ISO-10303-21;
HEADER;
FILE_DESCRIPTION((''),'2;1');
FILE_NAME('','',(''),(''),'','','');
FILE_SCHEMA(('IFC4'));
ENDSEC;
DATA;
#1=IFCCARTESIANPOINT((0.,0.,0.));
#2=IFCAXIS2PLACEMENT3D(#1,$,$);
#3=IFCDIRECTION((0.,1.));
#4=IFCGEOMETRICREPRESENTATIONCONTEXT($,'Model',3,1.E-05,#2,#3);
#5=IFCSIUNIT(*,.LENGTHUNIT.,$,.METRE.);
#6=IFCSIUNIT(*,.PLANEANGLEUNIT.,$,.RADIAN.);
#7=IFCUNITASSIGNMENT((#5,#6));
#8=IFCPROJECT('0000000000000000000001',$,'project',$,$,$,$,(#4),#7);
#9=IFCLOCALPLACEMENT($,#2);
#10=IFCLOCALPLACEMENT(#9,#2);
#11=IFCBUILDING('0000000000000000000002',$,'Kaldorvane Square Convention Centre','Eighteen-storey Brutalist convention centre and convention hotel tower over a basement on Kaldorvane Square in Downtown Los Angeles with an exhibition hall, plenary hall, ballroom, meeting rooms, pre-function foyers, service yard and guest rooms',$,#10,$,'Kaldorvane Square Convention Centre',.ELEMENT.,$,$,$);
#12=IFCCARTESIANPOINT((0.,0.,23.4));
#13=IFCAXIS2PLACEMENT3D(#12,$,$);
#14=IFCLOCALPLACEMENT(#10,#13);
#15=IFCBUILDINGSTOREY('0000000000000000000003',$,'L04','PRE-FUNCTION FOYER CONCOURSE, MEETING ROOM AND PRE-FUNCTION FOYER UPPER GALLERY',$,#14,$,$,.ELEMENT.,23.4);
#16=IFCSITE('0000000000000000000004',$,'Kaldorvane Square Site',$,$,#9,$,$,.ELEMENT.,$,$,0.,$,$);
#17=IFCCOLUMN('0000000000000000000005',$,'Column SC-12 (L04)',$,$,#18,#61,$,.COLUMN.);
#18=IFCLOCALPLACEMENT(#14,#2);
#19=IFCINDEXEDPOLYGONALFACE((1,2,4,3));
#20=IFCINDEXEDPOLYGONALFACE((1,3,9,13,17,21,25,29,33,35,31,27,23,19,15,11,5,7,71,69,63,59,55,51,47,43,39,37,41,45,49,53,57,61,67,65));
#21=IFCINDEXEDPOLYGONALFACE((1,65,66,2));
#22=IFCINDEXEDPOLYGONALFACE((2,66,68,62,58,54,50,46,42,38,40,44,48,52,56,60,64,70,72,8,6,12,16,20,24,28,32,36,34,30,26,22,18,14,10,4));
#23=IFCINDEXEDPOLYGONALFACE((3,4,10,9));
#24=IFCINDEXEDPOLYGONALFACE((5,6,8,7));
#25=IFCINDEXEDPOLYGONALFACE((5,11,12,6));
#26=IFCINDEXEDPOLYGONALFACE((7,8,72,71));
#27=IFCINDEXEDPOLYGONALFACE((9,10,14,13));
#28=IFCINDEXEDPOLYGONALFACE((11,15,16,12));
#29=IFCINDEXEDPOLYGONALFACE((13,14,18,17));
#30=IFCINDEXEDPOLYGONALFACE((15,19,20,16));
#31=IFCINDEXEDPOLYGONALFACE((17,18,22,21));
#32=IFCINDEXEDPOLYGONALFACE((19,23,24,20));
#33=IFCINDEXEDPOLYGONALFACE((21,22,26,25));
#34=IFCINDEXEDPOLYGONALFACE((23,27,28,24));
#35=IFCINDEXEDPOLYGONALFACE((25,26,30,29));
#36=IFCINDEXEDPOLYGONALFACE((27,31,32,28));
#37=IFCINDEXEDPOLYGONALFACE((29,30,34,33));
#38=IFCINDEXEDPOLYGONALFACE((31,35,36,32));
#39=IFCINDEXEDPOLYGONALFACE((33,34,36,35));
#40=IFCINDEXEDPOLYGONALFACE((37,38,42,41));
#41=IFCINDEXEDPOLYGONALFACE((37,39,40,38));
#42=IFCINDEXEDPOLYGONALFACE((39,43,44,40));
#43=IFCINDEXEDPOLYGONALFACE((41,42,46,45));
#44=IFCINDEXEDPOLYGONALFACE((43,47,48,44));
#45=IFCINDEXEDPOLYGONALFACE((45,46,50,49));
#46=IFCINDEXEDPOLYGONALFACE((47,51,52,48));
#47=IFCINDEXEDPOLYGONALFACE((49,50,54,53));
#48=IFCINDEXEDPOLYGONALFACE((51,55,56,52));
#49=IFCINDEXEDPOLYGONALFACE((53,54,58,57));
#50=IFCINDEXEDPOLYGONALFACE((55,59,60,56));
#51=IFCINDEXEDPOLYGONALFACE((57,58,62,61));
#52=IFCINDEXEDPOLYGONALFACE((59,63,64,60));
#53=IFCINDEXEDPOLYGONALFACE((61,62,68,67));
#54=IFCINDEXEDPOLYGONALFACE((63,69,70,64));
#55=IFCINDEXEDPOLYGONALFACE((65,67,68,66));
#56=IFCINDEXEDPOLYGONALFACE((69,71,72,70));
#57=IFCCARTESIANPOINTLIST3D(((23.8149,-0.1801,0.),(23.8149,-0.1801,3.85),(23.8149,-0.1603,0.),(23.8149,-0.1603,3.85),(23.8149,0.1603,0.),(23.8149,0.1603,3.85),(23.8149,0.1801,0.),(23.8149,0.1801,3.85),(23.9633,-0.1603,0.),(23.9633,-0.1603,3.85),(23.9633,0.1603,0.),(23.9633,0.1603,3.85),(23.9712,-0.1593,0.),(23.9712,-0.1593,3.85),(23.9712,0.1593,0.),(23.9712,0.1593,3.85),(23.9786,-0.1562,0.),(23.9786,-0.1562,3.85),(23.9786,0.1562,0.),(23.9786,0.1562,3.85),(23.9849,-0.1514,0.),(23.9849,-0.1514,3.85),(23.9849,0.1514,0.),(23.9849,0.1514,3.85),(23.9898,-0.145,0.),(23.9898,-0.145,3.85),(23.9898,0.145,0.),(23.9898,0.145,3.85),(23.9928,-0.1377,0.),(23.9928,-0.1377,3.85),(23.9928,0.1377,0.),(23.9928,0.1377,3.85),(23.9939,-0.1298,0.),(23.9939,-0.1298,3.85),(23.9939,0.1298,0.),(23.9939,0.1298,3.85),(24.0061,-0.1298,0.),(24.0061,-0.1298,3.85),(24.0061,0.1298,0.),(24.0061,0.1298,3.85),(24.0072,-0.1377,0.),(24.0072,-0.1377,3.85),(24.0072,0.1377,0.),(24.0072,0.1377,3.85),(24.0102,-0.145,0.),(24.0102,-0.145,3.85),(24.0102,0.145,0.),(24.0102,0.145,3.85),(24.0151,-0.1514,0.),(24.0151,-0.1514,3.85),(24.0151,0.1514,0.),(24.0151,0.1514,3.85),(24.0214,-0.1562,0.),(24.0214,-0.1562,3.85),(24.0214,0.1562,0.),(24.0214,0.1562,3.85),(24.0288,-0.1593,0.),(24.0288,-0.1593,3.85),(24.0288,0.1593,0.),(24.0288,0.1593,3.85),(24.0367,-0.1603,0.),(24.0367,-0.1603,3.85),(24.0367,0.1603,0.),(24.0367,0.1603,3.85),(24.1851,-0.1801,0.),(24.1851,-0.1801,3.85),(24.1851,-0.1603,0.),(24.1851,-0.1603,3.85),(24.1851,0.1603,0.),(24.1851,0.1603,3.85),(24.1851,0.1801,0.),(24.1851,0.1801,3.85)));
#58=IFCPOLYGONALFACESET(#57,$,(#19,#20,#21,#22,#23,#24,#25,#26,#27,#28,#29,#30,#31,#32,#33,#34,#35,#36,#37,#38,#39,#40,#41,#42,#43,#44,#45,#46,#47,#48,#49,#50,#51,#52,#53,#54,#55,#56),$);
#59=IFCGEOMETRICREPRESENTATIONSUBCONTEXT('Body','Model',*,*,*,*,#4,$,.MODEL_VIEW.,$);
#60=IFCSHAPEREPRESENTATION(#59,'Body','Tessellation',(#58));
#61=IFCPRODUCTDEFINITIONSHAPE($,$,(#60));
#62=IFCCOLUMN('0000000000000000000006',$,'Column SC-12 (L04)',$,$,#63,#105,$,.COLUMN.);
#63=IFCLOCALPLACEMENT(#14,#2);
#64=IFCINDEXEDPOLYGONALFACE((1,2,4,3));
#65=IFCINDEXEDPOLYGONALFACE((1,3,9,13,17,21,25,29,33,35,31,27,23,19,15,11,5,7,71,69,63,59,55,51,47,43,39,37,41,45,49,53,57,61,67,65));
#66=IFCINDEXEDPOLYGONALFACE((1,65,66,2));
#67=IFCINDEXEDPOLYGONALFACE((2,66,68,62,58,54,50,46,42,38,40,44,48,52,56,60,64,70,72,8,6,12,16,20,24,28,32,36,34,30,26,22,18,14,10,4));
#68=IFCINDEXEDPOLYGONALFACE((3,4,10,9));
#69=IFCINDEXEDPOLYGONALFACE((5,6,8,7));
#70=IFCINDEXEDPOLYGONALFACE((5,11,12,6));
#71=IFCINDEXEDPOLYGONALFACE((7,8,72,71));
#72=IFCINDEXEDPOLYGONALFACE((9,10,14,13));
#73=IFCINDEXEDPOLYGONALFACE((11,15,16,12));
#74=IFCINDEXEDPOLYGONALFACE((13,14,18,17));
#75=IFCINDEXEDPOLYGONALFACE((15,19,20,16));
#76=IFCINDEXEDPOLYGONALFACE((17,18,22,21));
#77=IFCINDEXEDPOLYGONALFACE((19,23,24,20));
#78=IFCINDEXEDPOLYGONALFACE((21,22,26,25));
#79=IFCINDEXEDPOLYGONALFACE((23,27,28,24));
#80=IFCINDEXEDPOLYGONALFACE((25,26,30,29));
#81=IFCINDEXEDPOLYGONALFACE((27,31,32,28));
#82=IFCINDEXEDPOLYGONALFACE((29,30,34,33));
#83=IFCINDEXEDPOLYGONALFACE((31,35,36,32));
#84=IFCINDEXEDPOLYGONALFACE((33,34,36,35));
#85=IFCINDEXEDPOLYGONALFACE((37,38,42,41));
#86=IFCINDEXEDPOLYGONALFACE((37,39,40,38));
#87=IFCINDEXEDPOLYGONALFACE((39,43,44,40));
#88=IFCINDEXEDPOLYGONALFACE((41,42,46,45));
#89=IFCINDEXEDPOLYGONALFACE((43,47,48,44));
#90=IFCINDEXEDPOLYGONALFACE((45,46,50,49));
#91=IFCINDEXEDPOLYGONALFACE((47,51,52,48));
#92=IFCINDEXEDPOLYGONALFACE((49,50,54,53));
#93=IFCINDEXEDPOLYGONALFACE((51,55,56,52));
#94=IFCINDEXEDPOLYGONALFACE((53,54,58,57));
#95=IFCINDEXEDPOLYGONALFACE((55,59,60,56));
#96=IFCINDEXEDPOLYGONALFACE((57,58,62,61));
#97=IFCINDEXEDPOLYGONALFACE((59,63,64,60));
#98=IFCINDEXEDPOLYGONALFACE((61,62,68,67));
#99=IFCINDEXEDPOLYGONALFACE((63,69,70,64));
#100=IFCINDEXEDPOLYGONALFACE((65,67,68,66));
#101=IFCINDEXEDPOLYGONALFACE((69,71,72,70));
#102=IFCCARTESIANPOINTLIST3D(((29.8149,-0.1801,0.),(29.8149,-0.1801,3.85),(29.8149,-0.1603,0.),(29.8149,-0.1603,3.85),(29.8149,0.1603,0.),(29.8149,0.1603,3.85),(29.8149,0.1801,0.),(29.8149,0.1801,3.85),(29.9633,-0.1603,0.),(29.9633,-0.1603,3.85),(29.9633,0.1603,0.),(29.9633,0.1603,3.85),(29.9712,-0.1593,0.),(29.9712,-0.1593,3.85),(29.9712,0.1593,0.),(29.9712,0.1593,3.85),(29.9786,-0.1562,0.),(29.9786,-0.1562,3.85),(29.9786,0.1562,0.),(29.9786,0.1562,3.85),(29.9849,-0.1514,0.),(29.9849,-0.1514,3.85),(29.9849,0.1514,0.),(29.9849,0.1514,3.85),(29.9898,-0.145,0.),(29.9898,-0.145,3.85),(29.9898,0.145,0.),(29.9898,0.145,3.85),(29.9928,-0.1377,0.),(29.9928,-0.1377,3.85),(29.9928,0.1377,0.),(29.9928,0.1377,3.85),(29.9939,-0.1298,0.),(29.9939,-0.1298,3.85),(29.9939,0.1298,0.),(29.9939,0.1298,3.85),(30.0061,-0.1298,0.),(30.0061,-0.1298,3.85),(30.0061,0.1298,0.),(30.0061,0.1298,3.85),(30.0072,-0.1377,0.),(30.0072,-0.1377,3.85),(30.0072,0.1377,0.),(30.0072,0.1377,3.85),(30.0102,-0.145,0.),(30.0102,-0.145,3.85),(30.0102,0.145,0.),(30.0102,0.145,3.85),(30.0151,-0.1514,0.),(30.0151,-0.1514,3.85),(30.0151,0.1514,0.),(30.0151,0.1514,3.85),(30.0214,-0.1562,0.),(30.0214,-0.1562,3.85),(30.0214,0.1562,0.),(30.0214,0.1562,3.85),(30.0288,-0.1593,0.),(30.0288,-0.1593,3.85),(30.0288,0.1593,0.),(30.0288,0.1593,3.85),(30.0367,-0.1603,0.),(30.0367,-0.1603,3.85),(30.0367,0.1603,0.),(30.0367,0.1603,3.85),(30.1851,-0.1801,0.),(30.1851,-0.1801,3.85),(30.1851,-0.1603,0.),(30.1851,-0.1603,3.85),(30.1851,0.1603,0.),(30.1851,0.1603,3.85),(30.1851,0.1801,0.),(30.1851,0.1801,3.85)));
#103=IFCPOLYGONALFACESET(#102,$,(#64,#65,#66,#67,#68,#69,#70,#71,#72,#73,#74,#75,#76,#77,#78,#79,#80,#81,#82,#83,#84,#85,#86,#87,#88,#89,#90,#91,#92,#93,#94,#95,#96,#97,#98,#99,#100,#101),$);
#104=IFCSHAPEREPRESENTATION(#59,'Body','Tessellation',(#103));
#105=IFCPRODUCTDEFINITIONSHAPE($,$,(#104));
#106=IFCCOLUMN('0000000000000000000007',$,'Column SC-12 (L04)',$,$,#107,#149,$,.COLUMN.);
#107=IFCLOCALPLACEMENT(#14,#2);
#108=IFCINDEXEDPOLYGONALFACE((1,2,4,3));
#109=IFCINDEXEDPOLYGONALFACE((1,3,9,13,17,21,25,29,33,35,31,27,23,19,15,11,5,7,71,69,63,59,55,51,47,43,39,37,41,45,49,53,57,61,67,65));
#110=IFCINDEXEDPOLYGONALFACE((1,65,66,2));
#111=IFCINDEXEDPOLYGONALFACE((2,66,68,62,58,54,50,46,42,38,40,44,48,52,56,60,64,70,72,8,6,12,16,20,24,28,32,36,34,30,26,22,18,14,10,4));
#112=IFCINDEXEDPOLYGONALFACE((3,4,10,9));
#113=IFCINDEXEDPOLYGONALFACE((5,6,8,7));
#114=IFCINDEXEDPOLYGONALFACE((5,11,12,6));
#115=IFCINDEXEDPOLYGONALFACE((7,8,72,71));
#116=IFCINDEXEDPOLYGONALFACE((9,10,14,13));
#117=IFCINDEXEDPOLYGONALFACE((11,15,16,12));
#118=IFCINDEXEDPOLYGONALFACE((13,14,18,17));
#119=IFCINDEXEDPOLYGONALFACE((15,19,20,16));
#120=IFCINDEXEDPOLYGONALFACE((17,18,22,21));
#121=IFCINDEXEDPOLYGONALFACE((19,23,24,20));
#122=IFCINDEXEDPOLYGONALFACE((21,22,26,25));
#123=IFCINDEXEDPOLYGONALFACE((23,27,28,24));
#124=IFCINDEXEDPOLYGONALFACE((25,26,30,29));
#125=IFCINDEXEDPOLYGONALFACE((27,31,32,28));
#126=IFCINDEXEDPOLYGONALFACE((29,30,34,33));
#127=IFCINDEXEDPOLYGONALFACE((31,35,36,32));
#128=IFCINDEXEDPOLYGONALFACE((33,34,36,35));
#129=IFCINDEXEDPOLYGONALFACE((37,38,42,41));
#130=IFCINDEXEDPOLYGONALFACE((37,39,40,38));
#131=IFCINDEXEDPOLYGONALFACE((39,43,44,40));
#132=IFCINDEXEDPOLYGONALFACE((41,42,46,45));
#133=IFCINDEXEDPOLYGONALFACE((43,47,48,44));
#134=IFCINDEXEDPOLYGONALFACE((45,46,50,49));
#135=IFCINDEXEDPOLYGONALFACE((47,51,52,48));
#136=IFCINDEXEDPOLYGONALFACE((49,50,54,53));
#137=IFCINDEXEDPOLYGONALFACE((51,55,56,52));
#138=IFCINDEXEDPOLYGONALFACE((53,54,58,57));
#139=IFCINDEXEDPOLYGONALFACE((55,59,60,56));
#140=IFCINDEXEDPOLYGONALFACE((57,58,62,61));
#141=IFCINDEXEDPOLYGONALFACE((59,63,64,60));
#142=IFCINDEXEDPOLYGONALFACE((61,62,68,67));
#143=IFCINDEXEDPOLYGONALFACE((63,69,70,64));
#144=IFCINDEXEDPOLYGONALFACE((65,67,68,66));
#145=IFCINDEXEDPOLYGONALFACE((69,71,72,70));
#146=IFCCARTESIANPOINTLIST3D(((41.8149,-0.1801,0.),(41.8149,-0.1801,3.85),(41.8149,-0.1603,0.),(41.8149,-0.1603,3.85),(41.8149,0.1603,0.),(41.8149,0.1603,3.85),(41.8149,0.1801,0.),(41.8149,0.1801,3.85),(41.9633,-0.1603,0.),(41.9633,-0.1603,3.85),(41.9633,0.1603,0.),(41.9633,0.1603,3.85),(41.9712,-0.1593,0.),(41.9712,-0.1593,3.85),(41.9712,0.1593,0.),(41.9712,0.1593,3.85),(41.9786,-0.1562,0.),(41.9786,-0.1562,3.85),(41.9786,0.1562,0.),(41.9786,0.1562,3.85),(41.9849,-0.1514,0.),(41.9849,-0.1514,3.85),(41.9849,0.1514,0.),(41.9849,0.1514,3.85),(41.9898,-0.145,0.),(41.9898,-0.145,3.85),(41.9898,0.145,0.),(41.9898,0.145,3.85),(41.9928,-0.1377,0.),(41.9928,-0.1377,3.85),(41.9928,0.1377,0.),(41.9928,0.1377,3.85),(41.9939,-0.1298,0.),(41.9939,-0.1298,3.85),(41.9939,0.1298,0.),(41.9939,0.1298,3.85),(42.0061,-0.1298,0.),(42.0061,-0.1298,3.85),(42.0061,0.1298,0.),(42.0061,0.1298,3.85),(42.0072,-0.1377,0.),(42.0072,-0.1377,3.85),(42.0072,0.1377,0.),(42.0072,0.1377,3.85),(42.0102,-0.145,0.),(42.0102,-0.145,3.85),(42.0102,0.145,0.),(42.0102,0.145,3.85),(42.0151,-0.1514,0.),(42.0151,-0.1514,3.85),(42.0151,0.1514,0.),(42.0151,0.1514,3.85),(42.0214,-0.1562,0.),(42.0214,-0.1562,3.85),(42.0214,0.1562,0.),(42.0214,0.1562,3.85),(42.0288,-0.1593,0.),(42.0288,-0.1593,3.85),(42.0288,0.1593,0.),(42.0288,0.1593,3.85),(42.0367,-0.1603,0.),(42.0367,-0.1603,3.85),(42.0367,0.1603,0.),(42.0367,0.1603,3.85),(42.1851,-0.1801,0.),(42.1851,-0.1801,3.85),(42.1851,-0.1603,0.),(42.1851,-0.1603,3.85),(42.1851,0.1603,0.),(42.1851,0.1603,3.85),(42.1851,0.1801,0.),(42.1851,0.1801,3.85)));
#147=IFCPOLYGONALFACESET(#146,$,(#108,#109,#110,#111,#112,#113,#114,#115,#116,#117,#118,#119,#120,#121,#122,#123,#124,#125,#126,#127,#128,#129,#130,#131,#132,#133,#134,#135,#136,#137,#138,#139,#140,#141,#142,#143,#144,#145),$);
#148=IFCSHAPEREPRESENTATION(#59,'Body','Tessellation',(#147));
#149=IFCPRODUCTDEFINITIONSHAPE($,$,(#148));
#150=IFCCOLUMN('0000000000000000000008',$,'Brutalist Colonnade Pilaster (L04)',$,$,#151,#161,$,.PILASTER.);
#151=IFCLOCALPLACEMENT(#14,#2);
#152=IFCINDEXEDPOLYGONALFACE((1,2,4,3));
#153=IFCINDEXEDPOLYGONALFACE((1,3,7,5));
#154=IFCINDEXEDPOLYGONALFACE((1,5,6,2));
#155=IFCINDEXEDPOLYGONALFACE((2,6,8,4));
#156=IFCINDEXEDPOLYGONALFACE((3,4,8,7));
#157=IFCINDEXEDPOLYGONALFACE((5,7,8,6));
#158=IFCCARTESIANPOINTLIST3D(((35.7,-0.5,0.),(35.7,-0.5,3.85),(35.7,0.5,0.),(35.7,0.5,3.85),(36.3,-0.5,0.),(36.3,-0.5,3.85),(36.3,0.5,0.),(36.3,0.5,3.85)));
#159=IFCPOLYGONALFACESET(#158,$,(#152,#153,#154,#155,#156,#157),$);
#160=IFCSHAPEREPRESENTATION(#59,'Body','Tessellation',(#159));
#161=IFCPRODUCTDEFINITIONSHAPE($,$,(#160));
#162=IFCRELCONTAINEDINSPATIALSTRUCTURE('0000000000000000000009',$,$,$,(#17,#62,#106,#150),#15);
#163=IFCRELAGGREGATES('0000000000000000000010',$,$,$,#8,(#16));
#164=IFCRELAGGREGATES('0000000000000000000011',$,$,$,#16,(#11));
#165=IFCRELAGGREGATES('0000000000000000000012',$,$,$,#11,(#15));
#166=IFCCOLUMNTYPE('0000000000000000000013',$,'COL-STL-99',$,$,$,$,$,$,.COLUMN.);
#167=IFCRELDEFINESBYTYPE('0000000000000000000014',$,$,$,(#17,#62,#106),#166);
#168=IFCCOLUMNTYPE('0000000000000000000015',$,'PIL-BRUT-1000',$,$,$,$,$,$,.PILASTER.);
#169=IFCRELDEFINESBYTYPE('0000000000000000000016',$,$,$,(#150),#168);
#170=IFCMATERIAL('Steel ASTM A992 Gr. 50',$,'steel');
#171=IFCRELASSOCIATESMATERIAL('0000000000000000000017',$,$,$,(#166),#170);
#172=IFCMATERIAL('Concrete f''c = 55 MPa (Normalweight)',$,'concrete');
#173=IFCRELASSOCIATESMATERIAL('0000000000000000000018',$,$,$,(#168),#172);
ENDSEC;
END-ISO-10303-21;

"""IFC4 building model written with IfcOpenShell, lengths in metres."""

from ifc_helpers import new_model, si_unit, direction, frame, origin, origin_2d, place, context, subcontext, project, spatial, rectangle, i_section, extrude, material, material_profile, profile_set, type_object, element, save


model = new_model("IFC4")

# Units and contexts
model_context = context("Model", 3, precision=1e-05, world=origin(), true_north=direction((0.0, 1.0)))
body_context = subcontext(model_context, "Body", "Model", "MODEL_VIEW")
ifc_project = project(units=[si_unit("LENGTHUNIT", "METRE"), si_unit("PLANEANGLEUNIT", "RADIAN")], contexts=[model_context])

# Site, building, storey
site_placement = place(None, origin())
site = spatial("IfcSite", under=ifc_project, at=site_placement, Name="Kaldorvane Square Site", CompositionType="ELEMENT", RefElevation=0.0)
building_placement = place(site_placement, origin())
building = spatial("IfcBuilding", under=site, at=building_placement, Name="Kaldorvane Square Convention Centre", Description="Eighteen-storey Brutalist convention centre and convention hotel tower over a basement on Kaldorvane Square in Downtown Los Angeles with an exhibition hall, plenary hall, ballroom, meeting rooms, pre-function foyers, service yard and guest rooms", LongName="Kaldorvane Square Convention Centre", CompositionType="ELEMENT")
storey_placement = place(building_placement, frame((0.0, 0.0, 23.4)))
storey = spatial("IfcBuildingStorey", under=building, at=storey_placement, Name="L04", Description="PRE-FUNCTION FOYER CONCOURSE, MEETING ROOM AND PRE-FUNCTION FOYER UPPER GALLERY", CompositionType="ELEMENT", Elevation=23.4)

# Columns
ifc_material_1 = material(Name="Steel ASTM A992 Gr. 50", Category="steel")
ifc_material_profile_1 = material_profile(ifc_material_1, i_section(OverallWidth=0.3701, OverallDepth=0.3602, WebThickness=0.0123, FlangeThickness=0.0198, FilletRadius=0.0305, at=origin_2d()), Name="W14X99")
ifc_profile_set_1 = profile_set([ifc_material_profile_1], Name="Steel ASTM A992 Gr. 50")
column_type_1 = type_object("IfcColumnType", Name="COL-STL-99", PredefinedType="COLUMN", material=ifc_profile_set_1)
for number, where, z_axis, x_axis, name in (
    (1, (24.0, 0.0, 0.0), (0.0, 0.0, 1.0), (1.0, 0.0, 0.0), "Column SC-12 (L04)"),
    (2, (30.0, 0.0, 0.0), (0.0, 0.0, 1.0), (1.0, 0.0, 0.0), "Column SC-12 (L04)"),
    (3, (42.0, 0.0, 0.0), (0.0, 0.0, 1.0), (1.0, 0.0, 0.0), "Column SC-12 (L04)"),
):
    element("IfcColumn", number, at=place(storey_placement, frame(where, z_axis=z_axis, x_axis=x_axis)), inside=storey, type_object=column_type_1, Name=name, PredefinedType="COLUMN", context=body_context, shape_type="SweptSolid", body=[
        extrude(i_section(OverallWidth=0.3701, OverallDepth=0.3602, WebThickness=0.0123, FlangeThickness=0.0198, FilletRadius=0.0305, at=origin_2d()), origin(), (0.0, 0.0, 1.0), 3.85),
    ])
ifc_material_2 = material(Name="Concrete f'c = 55 MPa (Normalweight)", Category="concrete")
ifc_material_profile_2 = material_profile(ifc_material_2, rectangle(XDim=0.6, YDim=1.0, at=origin_2d()), Name="PIL1000X600")
ifc_profile_set_2 = profile_set([ifc_material_profile_2], Name="Concrete f'c = 55 MPa (Normalweight)")
column_type_2 = type_object("IfcColumnType", Name="PIL-BRUT-1000", PredefinedType="PILASTER", material=ifc_profile_set_2)
column_placement = place(storey_placement, frame((36.0, 0.0, 0.0), z_axis=(0.0, 0.0, 1.0), x_axis=(1.0, 0.0, 0.0)))
element("IfcColumn", 4, at=column_placement, inside=storey, type_object=column_type_2, Name="Brutalist Colonnade Pilaster (L04)", PredefinedType="PILASTER", context=body_context, shape_type="SweptSolid", body=[
    extrude(rectangle(XDim=0.6, YDim=1.0, at=origin_2d()), origin(), (0.0, 0.0, 1.0), 3.85),
])

save(model, "model.ifc")
